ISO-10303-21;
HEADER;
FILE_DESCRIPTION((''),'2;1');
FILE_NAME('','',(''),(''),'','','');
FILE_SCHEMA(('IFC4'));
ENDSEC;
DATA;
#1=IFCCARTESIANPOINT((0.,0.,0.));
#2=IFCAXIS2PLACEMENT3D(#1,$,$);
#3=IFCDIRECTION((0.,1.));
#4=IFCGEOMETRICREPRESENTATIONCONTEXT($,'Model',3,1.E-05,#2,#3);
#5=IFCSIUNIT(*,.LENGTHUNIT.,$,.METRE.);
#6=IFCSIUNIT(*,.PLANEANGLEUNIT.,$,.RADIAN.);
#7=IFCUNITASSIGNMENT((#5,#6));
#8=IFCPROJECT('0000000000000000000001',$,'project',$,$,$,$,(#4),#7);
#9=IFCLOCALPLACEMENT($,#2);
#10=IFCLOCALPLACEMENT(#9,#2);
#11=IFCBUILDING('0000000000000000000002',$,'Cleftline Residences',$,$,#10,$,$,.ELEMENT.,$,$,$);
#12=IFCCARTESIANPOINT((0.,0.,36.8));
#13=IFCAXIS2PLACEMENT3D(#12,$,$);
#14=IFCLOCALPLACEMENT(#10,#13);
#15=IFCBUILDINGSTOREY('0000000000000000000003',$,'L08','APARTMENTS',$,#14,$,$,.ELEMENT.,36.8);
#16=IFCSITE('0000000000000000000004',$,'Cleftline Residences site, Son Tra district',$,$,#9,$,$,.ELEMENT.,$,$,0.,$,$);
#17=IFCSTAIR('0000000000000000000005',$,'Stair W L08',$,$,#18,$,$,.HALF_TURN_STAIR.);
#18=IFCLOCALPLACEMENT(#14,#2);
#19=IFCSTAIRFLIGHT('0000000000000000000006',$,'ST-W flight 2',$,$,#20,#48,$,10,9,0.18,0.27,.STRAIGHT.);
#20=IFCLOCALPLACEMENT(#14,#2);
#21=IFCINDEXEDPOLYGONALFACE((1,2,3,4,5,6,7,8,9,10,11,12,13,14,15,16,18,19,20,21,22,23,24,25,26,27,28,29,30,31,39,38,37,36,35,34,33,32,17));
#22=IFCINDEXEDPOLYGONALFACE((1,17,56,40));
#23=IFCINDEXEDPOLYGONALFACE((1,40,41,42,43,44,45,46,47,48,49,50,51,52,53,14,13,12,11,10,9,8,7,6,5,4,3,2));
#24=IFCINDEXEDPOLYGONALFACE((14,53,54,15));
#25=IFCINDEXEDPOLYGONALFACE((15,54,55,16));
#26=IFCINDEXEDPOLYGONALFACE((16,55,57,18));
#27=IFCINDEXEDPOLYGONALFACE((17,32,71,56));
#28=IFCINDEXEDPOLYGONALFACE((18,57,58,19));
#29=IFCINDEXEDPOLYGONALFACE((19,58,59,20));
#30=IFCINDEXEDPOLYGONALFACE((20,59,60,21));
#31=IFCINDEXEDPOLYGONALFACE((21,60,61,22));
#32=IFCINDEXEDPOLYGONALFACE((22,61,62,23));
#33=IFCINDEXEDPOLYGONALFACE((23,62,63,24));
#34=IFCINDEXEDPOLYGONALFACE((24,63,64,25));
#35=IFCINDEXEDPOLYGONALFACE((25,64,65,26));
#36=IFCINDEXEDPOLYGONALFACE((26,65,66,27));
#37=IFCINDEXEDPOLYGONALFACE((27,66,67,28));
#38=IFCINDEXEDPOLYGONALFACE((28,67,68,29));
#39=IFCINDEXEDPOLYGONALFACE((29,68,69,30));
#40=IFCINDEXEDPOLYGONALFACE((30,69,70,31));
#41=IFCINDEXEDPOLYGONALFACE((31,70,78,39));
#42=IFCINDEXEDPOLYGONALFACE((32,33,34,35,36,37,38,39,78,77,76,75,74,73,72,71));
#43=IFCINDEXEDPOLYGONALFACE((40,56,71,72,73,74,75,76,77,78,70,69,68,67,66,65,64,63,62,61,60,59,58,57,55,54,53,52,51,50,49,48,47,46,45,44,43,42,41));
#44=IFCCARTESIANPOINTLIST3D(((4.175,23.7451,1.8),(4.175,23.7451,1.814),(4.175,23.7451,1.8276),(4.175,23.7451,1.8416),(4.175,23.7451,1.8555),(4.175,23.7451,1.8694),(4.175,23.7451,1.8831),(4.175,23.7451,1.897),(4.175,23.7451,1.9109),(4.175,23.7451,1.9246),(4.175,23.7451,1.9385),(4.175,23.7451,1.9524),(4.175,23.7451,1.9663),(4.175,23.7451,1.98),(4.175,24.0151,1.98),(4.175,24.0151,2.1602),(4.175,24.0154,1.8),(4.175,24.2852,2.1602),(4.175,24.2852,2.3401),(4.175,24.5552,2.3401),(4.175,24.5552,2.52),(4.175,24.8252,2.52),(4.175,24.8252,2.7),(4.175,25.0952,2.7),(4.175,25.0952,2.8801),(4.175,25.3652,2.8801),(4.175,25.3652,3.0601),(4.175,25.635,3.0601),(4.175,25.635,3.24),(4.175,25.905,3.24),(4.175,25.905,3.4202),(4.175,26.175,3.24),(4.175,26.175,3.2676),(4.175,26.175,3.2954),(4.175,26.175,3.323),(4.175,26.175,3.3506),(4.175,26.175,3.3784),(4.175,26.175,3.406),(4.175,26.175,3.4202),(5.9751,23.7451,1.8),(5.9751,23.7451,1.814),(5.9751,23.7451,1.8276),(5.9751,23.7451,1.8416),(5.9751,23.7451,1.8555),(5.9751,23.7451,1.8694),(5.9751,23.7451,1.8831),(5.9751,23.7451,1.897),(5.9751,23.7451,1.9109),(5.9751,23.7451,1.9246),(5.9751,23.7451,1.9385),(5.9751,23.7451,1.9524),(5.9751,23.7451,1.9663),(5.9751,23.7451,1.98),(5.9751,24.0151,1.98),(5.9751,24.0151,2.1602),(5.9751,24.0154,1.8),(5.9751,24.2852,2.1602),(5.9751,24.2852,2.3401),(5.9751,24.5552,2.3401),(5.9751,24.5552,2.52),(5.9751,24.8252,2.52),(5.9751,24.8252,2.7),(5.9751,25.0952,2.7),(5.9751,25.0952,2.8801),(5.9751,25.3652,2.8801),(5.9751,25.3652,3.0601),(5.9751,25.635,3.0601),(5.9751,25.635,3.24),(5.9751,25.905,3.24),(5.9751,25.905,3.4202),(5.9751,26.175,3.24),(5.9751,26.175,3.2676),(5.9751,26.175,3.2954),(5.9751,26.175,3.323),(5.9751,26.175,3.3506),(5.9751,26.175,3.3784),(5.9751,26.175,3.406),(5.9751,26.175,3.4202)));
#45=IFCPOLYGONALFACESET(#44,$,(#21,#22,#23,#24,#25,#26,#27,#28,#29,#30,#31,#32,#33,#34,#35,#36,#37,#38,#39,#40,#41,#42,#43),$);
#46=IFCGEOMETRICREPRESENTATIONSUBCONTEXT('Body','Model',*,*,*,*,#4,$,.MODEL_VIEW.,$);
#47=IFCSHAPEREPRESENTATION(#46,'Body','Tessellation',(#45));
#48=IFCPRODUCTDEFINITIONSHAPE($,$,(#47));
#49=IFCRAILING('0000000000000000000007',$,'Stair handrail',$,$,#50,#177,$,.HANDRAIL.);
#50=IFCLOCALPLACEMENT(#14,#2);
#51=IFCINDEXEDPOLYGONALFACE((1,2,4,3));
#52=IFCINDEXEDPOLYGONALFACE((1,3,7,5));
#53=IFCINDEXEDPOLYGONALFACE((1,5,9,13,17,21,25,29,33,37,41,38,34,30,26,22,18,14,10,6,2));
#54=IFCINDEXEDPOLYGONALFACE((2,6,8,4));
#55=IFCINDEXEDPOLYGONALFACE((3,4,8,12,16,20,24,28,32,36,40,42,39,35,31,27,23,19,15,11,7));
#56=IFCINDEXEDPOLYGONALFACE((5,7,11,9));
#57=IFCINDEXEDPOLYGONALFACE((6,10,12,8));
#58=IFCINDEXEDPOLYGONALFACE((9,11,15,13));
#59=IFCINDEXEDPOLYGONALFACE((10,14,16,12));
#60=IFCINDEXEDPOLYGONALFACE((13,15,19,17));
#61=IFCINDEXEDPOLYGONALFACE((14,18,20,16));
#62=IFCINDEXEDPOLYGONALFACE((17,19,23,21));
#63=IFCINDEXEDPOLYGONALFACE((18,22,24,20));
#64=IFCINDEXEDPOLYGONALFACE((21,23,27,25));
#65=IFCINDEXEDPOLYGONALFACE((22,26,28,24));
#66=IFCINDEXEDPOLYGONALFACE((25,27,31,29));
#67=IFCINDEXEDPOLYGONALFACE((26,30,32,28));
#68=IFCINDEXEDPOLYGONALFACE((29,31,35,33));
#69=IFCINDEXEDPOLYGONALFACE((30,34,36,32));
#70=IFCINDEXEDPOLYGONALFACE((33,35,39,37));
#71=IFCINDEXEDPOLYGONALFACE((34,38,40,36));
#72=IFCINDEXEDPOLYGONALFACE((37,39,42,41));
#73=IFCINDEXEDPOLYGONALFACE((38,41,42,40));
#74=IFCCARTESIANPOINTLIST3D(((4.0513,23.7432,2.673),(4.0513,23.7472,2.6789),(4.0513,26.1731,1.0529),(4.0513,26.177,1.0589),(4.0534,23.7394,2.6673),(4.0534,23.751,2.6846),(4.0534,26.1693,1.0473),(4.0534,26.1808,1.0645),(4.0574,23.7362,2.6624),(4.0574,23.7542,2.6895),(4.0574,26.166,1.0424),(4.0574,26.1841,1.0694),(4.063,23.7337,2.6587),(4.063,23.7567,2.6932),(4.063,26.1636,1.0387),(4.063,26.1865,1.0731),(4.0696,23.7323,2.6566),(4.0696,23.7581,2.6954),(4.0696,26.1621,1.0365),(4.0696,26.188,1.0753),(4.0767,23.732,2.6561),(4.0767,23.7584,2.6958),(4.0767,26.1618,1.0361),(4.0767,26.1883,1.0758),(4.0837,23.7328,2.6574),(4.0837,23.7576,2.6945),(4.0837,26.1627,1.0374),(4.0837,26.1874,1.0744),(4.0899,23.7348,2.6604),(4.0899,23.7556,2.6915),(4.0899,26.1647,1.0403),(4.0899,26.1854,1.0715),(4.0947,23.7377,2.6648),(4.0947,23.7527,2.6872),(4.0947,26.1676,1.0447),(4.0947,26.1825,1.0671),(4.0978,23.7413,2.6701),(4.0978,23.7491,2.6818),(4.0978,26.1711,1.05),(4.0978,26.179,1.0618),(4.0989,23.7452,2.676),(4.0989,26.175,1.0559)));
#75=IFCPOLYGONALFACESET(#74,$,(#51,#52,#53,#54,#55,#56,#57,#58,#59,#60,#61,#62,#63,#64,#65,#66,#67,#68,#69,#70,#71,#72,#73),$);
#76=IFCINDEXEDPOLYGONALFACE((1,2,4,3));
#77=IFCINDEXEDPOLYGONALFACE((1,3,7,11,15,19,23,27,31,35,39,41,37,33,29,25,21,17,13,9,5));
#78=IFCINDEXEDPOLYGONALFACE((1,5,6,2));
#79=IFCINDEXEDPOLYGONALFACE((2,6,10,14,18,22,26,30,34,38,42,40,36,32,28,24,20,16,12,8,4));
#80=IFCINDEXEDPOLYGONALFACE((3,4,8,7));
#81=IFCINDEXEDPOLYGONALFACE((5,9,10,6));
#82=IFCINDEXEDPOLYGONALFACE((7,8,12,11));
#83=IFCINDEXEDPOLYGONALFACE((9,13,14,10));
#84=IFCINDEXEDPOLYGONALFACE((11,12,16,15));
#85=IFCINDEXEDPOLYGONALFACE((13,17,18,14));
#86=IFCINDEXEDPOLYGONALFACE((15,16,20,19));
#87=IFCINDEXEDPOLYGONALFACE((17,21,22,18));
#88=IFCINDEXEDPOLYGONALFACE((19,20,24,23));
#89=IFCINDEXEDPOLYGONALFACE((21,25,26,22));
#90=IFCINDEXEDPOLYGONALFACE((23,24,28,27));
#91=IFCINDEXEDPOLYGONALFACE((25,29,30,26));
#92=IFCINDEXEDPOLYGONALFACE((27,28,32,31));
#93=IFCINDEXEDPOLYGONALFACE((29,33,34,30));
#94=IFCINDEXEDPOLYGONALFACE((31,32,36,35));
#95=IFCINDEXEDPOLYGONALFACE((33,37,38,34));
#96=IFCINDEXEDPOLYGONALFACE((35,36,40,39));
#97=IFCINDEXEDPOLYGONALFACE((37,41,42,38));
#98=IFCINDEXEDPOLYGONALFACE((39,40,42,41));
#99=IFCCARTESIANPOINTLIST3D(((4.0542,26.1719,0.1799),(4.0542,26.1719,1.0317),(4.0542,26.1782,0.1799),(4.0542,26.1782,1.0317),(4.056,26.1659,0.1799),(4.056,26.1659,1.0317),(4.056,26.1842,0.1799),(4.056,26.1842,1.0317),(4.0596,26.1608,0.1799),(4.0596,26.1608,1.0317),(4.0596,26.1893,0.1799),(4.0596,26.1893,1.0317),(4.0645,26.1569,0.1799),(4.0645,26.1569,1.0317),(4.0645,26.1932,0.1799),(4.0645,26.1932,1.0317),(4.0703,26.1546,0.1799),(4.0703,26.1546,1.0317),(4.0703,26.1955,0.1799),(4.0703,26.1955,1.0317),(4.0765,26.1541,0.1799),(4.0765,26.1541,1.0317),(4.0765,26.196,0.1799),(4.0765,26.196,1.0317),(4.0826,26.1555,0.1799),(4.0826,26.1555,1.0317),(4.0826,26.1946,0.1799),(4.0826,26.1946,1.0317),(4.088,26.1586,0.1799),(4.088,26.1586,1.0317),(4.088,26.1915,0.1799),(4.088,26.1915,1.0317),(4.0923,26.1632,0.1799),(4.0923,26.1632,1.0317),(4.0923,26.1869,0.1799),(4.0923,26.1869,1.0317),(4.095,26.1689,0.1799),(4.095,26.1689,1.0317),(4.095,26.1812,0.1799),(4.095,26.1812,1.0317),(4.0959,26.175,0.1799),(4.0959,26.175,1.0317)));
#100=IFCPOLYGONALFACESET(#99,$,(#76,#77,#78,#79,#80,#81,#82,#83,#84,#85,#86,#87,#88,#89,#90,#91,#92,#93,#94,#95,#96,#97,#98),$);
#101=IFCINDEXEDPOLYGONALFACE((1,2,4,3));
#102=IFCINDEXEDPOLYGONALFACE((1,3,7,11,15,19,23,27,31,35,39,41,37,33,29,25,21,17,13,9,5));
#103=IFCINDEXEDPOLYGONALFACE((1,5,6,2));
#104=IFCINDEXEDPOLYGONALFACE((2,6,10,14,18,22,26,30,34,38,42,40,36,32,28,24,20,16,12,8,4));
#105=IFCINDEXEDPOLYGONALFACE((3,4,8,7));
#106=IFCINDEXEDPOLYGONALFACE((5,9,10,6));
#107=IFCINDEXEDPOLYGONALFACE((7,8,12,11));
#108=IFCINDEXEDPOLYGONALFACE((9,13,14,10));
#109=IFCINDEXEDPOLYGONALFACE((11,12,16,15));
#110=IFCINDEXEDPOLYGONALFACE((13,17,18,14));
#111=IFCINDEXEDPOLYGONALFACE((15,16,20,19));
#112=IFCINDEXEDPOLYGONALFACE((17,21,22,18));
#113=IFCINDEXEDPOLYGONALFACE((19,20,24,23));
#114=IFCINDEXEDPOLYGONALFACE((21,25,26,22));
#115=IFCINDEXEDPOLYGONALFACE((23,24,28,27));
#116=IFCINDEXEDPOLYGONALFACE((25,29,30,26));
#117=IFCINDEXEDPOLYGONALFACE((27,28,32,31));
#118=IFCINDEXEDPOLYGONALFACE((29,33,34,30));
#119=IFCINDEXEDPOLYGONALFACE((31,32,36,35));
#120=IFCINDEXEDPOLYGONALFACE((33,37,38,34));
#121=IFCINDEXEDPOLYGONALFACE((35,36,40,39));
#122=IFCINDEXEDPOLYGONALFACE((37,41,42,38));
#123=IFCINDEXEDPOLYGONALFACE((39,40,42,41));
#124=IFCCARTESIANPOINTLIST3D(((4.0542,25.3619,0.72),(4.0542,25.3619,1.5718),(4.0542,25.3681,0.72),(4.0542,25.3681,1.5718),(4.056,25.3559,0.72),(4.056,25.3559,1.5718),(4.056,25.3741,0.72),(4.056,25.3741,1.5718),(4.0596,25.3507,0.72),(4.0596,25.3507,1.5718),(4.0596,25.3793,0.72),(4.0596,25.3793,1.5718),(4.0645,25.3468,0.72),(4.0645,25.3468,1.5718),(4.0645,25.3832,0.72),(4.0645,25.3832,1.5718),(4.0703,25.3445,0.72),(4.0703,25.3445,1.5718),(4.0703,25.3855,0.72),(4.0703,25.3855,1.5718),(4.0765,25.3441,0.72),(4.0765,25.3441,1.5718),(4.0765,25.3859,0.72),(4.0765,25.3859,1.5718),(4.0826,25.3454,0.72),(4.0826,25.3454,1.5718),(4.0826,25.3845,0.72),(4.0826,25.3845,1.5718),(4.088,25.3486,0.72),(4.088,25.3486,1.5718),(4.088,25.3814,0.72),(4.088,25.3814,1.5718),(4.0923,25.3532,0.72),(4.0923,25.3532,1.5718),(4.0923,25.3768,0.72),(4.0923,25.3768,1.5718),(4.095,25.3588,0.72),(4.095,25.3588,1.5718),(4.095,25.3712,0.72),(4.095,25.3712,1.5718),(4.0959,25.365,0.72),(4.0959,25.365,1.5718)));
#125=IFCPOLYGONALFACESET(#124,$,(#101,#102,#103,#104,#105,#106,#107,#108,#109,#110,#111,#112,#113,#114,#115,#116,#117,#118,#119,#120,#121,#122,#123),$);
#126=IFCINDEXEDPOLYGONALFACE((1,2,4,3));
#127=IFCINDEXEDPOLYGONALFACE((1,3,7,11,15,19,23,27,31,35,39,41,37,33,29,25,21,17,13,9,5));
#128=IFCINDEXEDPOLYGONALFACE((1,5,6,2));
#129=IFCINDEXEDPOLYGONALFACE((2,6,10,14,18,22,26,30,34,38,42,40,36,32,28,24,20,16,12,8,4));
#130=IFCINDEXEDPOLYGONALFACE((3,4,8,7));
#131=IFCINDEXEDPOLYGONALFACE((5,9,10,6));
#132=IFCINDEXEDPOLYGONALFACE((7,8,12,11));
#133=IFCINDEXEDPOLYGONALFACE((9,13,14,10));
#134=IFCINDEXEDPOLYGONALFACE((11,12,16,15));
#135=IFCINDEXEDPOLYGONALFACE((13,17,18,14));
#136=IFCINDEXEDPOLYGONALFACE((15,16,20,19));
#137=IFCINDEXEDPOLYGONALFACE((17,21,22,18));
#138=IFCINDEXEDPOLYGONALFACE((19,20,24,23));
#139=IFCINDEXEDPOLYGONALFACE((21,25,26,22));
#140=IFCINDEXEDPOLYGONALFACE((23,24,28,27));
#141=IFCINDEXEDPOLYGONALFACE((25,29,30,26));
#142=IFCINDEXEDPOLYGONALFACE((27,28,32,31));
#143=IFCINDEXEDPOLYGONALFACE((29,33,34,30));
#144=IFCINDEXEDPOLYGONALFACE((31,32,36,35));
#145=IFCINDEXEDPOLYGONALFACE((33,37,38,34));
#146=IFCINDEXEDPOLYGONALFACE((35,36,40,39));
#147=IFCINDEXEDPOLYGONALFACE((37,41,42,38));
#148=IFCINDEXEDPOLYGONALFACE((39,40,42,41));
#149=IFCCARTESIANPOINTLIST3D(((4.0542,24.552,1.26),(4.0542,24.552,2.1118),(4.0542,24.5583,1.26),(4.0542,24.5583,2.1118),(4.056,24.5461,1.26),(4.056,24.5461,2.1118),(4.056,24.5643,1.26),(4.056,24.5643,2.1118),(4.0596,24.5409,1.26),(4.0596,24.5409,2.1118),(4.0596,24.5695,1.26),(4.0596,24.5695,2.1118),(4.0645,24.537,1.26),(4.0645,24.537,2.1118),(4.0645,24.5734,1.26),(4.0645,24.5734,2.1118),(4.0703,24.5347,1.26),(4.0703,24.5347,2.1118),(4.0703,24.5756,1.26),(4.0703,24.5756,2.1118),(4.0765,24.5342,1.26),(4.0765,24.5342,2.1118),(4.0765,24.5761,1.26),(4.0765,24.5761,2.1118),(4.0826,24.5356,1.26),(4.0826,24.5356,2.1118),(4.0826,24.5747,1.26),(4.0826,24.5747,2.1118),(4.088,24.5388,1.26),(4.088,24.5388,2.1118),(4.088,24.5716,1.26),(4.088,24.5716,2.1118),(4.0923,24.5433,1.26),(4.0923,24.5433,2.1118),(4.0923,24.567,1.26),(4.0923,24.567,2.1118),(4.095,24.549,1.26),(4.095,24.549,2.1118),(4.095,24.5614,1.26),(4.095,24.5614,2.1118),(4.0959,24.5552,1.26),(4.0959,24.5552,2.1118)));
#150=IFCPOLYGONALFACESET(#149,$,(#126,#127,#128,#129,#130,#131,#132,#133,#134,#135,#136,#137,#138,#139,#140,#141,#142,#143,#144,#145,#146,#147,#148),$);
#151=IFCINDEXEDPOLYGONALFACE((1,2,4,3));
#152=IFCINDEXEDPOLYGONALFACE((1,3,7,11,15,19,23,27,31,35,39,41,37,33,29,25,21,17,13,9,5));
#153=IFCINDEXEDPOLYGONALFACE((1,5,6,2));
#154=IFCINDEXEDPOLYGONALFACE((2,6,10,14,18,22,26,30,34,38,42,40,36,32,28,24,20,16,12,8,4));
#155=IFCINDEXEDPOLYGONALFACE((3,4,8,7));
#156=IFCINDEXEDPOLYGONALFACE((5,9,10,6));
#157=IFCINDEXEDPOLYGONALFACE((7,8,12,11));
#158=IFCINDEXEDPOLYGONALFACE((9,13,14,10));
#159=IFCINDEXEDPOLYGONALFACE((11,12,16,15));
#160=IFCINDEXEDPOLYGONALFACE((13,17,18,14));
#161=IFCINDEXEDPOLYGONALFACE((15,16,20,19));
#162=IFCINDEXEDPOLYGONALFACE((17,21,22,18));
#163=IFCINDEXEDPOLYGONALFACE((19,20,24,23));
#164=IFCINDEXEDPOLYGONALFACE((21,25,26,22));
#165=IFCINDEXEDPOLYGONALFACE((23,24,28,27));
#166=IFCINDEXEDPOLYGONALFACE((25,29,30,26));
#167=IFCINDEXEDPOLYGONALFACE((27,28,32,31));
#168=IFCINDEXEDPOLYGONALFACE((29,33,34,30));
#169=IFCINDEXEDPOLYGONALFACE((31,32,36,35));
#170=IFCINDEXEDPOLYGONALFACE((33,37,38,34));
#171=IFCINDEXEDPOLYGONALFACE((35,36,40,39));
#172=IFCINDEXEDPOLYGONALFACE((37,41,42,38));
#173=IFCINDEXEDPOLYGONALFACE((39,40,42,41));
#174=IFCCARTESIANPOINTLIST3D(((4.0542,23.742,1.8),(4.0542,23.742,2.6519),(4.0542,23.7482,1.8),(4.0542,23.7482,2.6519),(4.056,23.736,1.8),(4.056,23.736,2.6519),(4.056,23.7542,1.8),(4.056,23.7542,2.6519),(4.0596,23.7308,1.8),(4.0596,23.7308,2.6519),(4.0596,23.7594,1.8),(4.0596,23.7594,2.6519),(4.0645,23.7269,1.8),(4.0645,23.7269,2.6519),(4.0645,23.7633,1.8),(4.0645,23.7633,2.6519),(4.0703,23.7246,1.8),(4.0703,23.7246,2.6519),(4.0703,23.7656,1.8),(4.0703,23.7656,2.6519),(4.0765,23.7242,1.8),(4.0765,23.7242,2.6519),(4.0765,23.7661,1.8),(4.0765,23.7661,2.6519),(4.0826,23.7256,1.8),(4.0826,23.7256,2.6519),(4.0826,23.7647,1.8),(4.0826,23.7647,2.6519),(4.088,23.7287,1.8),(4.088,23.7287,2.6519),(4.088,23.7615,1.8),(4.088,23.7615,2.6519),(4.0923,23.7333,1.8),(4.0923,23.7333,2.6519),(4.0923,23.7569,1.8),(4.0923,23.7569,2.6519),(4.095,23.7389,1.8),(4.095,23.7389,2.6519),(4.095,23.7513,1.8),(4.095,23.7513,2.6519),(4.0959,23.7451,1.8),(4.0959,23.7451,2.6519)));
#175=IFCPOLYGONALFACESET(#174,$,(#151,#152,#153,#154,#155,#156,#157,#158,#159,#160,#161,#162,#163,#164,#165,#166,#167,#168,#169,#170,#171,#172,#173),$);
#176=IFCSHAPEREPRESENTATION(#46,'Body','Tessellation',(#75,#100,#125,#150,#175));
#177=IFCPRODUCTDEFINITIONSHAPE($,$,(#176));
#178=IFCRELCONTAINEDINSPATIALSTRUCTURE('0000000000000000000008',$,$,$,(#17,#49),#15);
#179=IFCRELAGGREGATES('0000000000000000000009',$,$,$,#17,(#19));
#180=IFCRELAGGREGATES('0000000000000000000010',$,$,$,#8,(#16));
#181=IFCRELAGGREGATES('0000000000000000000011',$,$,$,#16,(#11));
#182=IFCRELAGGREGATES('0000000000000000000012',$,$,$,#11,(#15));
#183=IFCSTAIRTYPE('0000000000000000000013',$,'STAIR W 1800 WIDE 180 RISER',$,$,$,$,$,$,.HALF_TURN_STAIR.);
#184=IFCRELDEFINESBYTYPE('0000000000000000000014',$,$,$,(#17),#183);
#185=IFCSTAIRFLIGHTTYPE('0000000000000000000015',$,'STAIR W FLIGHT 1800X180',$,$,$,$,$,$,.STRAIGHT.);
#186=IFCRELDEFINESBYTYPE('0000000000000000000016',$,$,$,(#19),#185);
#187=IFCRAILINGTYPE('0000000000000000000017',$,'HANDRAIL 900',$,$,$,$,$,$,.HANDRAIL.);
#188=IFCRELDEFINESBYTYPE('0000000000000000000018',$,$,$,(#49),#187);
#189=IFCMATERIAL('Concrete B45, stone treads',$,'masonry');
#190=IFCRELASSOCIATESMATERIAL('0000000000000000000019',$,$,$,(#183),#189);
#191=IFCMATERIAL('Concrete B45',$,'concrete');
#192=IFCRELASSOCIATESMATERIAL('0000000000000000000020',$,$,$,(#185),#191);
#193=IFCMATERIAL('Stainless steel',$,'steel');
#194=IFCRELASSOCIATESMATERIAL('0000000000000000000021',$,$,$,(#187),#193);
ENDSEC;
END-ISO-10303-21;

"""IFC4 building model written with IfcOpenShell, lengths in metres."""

from ifc_helpers import new_model, si_unit, direction, frame, origin, origin_2d, place, context, subcontext, project, spatial, polyline, circle, outline, extrude, material, type_object, element, aggregate, save


model = new_model("IFC4")

# Units and contexts
model_context = context("Model", 3, precision=1e-05, world=origin(), true_north=direction((0.0, 1.0)))
body_context = subcontext(model_context, "Body", "Model", "MODEL_VIEW")
ifc_project = project(units=[si_unit("LENGTHUNIT", "METRE"), si_unit("PLANEANGLEUNIT", "RADIAN")], contexts=[model_context])

# Site, building, storey
site_placement = place(None, origin())
site = spatial("IfcSite", under=ifc_project, at=site_placement, Name="Cleftline Residences site, Son Tra district", CompositionType="ELEMENT", RefElevation=0.0)
building_placement = place(site_placement, origin())
building = spatial("IfcBuilding", under=site, at=building_placement, Name="Cleftline Residences", CompositionType="ELEMENT")
storey_placement = place(building_placement, frame((0.0, 0.0, 36.8)))
storey = spatial("IfcBuildingStorey", under=building, at=storey_placement, Name="L08", Description="APARTMENTS", CompositionType="ELEMENT", Elevation=36.8)

# Stair, stair flight
ifc_material_1 = material(Name="Concrete B45, stone treads", Category="masonry")
stair_type = type_object("IfcStairType", Name="STAIR W 1800 WIDE 180 RISER", PredefinedType="HALF_TURN_STAIR", material=ifc_material_1)
stair_placement = place(storey_placement, origin())
stair = element("IfcStair", 1, at=stair_placement, inside=storey, type_object=stair_type, Name="Stair W L08", PredefinedType="HALF_TURN_STAIR")
ifc_material_2 = material(Name="Concrete B45", Category="concrete")
stair_flight_type = type_object("IfcStairFlightType", Name="STAIR W FLIGHT 1800X180", PredefinedType="STRAIGHT", material=ifc_material_2)
stair_flight_1_placement = place(storey_placement, frame((5.075, 23.7451, 1.8), z_axis=(0.0, 0.0, 1.0), x_axis=(0.0, 1.0, 0.0)))
stair_flight_1 = element("IfcStairFlight", 2, at=stair_flight_1_placement, type_object=stair_flight_type, Name="ST-W flight 2", NumberOfRisers=10, NumberOfTreads=9, PredefinedType="STRAIGHT", RiserHeight=0.18, TreadLength=0.27, context=body_context, shape_type="SweptSolid", body=[
    extrude(outline(polyline([(0.0, 0.0), (0.0, 0.0139), (0.0, 0.0276), (0.0, 0.0415), (0.0, 0.0554), (0.0, 0.0693), (0.0, 0.083), (0.0, 0.0969), (0.0, 0.1108), (0.0, 0.1245), (0.0, 0.1384), (0.0, 0.1523), (0.0, 0.1663), (0.0, 0.1799), (0.27, 0.1799), (0.27, 0.3601), (0.54, 0.3601), (0.54, 0.54), (0.8101, 0.54), (0.8101, 0.72), (1.0801, 0.72), (1.0801, 0.8999), (1.3501, 0.8999), (1.3501, 1.0801), (1.6201, 1.0801), (1.6201, 1.26), (1.8899, 1.26), (1.8899, 1.4399), (2.1599, 1.4399), (2.1599, 1.6201), (2.4299, 1.6201), (2.4299, 1.8), (2.4299, 1.7722), (2.4299, 1.7446), (2.4299, 1.7168), (2.4299, 1.6892), (2.4299, 1.6614), (2.4299, 1.6338), (2.4299, 1.606), (2.4299, 1.5784), (2.4299, 1.5505), (2.4299, 1.5229), (2.4299, 1.4954), (2.4299, 1.4675), (2.4299, 1.4399), (0.2703, 0.0), (0.0, 0.0)])), frame((0.0, 0.8999, 0.0), z_axis=(0.0, -1.0, 0.0), x_axis=(1.0, 0.0, 0.0)), (0.0, 0.0, 1.0), 1.8),
])
aggregate(stair, [stair_flight_1])

# Railing
ifc_material_3 = material(Name="Stainless steel", Category="steel")
railing_type = type_object("IfcRailingType", Name="HANDRAIL 900", PredefinedType="HANDRAIL", material=ifc_material_3)
railing_1_placement = place(storey_placement, frame((4.075, 26.175, 0.1799)))
element("IfcRailing", 3, at=railing_1_placement, inside=storey, type_object=railing_type, Name="Stair handrail", PredefinedType="HANDRAIL", context=body_context, shape_type="SweptSolid", body=[
    extrude(circle(Radius=0.0239, at=origin_2d()), frame((0.0, 0.0, 0.876), z_axis=(0.0, -0.832025, 0.554739), x_axis=(1.0, 0.0, 0.0)), (0.0, 0.0, 1.0), 2.9204),
    extrude(circle(Radius=0.021, at=origin_2d()), origin(), (0.0, 0.0, 1.0), 0.8518),
    extrude(circle(Radius=0.021, at=origin_2d()), frame((0.0, -0.8101, 0.54)), (0.0, 0.0, 1.0), 0.8518),
    extrude(circle(Radius=0.021, at=origin_2d()), frame((0.0, -1.6199, 1.0801)), (0.0, 0.0, 1.0), 0.8518),
    extrude(circle(Radius=0.021, at=origin_2d()), frame((0.0, -2.4299, 1.6201)), (0.0, 0.0, 1.0), 0.8518),
])

save(model, "model.ifc")
